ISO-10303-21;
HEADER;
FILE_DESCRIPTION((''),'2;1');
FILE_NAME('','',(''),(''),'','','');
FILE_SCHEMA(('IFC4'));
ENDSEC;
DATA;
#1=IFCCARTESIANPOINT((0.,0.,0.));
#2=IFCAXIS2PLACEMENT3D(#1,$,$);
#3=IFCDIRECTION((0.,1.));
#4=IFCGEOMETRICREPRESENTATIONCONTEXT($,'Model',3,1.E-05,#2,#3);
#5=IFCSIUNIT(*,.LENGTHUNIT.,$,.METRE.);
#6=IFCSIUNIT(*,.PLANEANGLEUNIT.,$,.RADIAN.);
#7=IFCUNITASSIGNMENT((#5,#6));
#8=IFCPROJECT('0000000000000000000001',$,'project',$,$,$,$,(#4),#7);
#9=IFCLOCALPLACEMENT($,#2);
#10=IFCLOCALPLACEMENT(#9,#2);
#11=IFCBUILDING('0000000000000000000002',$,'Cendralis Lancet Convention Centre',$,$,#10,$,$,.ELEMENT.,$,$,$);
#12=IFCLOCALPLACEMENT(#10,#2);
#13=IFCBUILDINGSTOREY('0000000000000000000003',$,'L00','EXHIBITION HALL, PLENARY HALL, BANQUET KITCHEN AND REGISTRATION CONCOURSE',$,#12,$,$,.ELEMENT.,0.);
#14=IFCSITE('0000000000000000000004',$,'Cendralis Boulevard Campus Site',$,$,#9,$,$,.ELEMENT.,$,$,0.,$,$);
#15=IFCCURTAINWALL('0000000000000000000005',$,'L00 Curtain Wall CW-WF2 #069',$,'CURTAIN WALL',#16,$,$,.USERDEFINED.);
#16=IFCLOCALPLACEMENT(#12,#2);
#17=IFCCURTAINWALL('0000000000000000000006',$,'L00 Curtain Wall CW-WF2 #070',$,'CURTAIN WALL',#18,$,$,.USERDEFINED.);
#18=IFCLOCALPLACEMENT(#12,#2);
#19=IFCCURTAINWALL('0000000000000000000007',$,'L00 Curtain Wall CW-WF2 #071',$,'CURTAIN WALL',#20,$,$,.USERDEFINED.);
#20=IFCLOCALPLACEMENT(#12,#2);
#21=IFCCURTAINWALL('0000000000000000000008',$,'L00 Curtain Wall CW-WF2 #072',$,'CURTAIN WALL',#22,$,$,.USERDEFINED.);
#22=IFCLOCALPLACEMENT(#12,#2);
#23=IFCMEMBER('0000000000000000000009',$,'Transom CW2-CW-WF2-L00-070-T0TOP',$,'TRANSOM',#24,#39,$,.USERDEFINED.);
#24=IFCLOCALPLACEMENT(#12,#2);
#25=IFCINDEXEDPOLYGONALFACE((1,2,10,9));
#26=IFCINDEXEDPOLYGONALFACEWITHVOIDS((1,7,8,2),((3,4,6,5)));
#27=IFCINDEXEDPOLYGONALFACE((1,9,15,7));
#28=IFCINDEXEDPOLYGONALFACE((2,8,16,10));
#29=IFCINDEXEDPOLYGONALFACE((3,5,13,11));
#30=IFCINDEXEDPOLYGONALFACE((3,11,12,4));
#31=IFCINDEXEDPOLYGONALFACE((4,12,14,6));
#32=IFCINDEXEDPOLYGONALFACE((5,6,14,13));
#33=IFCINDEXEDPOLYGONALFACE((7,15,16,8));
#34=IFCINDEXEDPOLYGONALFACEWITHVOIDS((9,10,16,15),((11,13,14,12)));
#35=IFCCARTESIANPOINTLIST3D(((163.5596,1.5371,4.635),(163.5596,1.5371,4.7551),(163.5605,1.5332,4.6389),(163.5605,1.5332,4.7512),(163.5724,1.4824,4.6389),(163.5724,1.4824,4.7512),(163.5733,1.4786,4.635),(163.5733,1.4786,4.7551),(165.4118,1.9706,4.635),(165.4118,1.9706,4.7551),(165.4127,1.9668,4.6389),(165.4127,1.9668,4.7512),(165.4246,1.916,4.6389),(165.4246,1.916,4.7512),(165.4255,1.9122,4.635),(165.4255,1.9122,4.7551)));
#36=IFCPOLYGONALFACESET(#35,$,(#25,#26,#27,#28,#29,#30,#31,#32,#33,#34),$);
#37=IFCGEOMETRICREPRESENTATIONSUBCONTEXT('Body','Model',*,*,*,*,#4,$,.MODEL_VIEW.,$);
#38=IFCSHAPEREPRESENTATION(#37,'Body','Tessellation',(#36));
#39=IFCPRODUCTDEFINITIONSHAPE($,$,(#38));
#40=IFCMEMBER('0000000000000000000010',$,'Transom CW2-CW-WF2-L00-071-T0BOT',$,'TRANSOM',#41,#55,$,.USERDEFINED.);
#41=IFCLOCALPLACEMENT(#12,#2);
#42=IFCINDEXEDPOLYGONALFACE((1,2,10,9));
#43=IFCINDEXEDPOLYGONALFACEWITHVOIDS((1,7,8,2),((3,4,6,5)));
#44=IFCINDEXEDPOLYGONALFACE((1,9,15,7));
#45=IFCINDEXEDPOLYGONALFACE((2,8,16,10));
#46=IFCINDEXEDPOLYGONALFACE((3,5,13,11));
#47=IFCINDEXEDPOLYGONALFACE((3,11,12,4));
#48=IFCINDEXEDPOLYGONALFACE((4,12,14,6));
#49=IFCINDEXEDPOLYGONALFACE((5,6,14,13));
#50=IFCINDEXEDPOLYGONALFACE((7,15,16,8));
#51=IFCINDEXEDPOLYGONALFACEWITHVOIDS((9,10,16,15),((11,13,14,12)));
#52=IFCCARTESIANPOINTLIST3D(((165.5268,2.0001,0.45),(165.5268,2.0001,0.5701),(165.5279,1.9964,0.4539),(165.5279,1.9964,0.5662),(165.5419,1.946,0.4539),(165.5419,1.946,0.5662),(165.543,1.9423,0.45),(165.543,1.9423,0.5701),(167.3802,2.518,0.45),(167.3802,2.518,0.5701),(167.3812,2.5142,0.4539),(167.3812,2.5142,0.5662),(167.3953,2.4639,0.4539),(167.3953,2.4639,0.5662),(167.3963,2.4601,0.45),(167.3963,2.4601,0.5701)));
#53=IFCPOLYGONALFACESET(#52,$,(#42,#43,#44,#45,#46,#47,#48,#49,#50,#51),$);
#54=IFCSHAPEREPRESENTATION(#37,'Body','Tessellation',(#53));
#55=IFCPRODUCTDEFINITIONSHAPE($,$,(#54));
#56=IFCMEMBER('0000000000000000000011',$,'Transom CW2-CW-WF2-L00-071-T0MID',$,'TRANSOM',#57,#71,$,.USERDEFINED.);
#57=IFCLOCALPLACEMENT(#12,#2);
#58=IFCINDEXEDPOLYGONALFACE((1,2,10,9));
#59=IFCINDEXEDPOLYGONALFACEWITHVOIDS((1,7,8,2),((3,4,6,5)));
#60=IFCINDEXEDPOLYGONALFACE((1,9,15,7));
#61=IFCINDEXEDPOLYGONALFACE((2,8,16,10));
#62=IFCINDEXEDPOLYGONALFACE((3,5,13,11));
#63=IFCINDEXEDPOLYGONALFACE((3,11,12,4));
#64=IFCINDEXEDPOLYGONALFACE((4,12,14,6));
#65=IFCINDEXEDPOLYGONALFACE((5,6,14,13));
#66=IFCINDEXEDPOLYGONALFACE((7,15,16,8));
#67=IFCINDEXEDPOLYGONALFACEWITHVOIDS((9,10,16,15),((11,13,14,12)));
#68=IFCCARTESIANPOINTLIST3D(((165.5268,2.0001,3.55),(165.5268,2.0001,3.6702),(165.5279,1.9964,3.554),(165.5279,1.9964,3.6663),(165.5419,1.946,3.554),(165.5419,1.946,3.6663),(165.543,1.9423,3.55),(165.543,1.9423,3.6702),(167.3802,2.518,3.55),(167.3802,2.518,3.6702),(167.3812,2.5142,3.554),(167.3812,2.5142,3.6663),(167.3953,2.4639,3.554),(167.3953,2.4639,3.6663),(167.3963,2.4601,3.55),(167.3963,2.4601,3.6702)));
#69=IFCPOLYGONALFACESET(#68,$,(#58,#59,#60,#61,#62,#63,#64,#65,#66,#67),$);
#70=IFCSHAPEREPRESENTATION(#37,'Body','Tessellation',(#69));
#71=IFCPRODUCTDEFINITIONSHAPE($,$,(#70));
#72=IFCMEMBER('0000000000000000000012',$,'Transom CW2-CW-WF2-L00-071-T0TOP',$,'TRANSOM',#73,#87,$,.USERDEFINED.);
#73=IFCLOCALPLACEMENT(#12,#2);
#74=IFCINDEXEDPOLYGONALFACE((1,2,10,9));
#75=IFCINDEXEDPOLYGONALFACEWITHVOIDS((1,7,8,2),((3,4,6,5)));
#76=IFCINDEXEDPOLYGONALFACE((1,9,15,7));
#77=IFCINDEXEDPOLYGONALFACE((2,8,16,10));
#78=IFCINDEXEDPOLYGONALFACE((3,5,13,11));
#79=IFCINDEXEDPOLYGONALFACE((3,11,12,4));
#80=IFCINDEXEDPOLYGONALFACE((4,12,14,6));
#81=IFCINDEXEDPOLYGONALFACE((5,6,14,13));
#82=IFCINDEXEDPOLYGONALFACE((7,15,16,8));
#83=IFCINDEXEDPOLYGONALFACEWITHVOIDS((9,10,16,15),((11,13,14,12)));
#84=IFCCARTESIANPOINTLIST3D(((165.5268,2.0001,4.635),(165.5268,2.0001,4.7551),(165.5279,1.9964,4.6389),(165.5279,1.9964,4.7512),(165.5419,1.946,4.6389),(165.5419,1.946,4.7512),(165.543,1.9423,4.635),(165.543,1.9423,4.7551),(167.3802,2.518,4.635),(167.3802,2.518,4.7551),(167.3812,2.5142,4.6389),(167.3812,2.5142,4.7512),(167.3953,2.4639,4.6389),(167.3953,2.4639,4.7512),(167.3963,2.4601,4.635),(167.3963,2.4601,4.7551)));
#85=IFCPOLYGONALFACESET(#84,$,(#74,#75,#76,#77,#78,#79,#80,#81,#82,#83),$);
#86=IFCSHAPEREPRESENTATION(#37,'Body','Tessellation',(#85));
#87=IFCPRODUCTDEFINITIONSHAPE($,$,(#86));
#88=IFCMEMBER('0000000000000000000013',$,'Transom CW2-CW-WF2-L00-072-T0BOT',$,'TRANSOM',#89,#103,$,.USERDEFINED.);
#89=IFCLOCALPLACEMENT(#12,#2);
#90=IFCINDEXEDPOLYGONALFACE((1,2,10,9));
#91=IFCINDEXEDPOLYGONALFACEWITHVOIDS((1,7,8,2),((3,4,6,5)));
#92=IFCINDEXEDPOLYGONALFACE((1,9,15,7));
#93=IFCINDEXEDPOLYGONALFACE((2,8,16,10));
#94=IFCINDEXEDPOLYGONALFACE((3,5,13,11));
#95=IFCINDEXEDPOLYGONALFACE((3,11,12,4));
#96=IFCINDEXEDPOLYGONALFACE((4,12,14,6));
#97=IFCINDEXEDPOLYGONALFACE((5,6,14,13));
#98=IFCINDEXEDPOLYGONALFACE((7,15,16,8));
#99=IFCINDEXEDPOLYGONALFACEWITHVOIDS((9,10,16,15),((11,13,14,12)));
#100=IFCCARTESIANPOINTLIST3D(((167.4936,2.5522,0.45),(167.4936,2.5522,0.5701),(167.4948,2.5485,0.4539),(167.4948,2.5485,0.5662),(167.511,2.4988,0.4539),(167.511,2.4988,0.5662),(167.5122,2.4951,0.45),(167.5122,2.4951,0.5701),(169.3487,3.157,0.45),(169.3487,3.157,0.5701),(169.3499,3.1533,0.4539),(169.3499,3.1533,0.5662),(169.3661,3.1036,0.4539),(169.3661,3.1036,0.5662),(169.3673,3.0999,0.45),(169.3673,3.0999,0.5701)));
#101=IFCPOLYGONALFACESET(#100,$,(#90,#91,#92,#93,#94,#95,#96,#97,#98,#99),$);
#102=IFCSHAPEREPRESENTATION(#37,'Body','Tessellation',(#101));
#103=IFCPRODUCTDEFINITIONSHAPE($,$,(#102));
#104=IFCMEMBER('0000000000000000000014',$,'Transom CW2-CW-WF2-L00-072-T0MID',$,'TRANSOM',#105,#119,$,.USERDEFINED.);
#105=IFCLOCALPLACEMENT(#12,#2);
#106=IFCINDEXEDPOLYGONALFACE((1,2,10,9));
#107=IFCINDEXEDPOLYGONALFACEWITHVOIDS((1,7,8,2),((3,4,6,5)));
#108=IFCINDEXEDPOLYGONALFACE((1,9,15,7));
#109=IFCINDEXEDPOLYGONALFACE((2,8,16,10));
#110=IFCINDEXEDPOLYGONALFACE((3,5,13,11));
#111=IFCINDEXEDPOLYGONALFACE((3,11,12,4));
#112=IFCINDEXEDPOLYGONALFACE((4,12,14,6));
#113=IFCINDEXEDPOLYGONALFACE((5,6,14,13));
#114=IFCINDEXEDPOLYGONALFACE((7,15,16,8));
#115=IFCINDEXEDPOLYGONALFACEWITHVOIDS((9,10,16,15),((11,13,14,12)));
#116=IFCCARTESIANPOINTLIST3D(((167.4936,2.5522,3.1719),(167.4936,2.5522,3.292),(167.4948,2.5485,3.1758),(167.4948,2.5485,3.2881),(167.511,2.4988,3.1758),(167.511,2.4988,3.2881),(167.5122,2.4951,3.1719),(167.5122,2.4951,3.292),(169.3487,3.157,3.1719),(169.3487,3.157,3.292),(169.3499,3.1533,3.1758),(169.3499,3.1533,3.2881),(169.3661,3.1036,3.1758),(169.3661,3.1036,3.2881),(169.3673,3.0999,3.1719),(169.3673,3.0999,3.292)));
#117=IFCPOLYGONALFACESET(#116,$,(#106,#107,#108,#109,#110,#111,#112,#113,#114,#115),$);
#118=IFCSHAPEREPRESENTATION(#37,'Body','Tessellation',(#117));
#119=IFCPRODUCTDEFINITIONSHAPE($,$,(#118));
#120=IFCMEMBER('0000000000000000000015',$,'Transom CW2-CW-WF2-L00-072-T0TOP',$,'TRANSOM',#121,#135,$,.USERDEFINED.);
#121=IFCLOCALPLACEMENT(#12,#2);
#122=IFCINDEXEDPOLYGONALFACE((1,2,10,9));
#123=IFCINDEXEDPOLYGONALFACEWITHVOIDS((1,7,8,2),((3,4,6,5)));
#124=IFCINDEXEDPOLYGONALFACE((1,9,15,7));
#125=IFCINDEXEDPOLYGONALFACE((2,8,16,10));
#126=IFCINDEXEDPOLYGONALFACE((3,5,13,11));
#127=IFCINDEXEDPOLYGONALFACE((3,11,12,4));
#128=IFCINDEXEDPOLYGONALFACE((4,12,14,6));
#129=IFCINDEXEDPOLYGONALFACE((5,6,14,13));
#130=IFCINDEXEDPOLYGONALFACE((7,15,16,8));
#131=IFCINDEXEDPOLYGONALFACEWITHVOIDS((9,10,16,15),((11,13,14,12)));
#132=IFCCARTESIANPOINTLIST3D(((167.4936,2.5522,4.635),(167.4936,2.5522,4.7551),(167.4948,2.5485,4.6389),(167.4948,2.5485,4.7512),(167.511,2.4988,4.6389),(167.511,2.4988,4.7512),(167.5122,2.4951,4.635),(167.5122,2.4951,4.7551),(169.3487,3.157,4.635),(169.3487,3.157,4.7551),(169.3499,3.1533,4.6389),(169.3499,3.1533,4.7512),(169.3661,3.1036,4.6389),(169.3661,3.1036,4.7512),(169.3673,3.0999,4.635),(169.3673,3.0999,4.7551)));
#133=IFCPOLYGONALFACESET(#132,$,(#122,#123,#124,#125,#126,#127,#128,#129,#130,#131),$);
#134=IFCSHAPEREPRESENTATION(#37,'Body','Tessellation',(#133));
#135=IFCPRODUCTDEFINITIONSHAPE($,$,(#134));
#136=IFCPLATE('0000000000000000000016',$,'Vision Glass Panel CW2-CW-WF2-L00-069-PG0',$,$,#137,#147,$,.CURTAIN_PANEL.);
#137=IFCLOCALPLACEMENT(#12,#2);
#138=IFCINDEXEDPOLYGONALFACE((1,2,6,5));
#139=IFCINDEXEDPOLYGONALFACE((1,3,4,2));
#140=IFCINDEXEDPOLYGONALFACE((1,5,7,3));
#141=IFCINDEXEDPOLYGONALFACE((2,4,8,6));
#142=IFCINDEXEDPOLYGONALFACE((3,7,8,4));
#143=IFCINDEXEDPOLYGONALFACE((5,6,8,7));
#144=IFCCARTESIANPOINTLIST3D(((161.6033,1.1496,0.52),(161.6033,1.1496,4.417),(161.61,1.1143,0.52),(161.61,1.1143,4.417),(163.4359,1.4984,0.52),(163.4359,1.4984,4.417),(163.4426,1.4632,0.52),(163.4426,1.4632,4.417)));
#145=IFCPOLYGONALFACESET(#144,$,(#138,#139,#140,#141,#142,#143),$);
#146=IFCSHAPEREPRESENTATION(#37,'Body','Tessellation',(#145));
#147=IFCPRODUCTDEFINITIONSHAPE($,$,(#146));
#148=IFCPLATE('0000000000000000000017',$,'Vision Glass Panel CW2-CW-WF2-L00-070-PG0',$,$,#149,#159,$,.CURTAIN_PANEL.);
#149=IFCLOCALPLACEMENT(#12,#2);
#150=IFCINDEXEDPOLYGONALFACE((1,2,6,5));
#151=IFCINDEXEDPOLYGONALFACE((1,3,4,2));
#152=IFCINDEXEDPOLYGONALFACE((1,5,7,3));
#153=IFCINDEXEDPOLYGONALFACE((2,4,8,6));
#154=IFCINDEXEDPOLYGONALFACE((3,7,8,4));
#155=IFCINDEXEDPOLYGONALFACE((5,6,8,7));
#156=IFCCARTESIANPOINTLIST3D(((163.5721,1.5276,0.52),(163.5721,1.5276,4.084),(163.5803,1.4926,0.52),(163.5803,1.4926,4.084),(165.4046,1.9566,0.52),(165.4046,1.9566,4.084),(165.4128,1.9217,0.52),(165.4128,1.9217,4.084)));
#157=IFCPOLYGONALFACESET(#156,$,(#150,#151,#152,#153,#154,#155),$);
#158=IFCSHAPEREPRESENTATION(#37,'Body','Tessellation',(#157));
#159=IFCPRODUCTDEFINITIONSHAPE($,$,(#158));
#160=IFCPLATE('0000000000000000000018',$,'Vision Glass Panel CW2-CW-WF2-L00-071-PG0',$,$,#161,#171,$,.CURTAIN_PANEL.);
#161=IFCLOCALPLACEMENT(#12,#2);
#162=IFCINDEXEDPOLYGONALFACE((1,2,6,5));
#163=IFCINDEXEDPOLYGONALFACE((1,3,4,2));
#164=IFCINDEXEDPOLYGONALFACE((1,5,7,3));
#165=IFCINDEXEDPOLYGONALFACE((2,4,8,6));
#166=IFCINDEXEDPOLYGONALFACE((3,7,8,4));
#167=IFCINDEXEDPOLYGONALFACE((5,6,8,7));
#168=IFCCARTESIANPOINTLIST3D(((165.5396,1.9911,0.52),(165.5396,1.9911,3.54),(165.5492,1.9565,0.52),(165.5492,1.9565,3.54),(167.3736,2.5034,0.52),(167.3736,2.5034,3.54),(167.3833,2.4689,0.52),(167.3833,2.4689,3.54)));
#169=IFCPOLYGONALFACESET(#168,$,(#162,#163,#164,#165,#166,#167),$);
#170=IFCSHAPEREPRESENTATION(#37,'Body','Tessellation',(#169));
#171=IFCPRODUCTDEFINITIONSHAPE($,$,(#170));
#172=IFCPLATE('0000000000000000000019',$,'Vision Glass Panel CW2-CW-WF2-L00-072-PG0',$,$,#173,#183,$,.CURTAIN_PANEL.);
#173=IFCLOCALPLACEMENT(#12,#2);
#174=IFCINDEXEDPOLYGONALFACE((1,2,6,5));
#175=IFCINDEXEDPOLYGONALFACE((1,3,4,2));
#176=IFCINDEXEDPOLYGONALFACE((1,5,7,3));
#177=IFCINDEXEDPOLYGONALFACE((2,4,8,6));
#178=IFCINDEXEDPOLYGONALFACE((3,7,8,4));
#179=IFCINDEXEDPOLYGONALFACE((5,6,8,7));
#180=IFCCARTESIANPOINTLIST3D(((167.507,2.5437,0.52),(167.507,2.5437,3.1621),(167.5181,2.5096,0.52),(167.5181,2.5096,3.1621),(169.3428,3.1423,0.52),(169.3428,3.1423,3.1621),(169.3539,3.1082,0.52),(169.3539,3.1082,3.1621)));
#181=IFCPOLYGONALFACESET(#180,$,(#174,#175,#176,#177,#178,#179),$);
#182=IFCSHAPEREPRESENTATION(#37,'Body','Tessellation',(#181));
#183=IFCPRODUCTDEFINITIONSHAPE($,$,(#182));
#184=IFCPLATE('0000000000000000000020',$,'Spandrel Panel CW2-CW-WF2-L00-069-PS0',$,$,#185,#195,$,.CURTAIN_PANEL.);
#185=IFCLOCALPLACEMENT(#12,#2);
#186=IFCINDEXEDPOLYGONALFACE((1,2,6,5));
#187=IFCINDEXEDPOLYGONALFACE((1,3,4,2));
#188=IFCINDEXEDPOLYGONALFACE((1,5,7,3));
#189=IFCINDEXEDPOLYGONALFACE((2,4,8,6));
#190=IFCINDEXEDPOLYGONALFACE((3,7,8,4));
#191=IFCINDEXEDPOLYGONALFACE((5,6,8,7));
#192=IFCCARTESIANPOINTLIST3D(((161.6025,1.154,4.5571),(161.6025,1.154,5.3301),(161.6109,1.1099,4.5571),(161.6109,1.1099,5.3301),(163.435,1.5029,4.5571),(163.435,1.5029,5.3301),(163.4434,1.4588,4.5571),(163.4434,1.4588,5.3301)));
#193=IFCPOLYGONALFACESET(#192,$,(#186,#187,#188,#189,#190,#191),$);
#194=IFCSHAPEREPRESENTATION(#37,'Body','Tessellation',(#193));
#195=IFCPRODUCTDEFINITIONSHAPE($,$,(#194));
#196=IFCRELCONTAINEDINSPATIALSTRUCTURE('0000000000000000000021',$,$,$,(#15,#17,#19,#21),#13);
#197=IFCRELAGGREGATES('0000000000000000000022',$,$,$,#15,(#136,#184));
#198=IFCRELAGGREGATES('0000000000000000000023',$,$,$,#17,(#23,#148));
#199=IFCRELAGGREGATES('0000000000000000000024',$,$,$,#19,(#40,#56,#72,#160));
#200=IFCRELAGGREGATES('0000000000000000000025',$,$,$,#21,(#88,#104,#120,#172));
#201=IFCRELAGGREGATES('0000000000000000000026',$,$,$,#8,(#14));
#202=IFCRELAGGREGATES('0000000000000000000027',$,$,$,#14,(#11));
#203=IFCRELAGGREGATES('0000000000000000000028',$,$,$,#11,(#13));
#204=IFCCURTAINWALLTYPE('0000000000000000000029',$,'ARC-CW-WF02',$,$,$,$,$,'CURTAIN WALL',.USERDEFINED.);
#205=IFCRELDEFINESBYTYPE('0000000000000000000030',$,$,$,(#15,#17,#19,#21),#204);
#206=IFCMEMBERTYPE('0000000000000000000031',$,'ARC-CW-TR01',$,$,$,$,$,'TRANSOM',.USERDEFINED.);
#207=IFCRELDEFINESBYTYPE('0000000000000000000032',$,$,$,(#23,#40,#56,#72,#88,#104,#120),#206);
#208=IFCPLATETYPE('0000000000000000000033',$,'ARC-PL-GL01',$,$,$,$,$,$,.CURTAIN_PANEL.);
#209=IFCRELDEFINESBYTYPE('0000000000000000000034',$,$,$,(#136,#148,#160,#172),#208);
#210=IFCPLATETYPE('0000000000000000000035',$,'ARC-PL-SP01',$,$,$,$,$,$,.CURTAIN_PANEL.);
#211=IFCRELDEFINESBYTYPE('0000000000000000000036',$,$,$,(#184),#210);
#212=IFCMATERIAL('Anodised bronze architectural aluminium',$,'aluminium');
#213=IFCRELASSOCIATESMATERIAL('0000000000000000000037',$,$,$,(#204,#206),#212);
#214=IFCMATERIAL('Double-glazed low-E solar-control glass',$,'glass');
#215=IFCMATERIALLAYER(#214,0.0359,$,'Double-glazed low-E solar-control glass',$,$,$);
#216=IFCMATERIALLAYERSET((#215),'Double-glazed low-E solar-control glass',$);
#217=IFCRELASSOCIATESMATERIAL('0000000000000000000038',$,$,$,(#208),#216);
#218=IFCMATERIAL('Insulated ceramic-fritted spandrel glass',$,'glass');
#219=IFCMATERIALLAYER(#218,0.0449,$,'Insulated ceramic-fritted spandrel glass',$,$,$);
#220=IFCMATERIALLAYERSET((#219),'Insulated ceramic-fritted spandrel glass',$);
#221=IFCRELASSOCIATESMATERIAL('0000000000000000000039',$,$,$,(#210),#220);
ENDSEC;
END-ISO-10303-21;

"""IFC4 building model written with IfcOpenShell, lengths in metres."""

from ifc_helpers import new_model, si_unit, direction, frame, origin, origin_2d, place, context, subcontext, project, spatial, rectangle, hollow_rectangle, extrude, material, layer, layer_set, material_profile, profile_set, type_object, element, aggregate, save


model = new_model("IFC4")

# Units and contexts
model_context = context("Model", 3, precision=1e-05, world=origin(), true_north=direction((0.0, 1.0)))
body_context = subcontext(model_context, "Body", "Model", "MODEL_VIEW")
ifc_project = project(units=[si_unit("LENGTHUNIT", "METRE"), si_unit("PLANEANGLEUNIT", "RADIAN")], contexts=[model_context])

# Site, building, storey
site_placement = place(None, origin())
site = spatial("IfcSite", under=ifc_project, at=site_placement, Name="Cendralis Boulevard Campus Site", CompositionType="ELEMENT", RefElevation=0.0)
building_placement = place(site_placement, origin())
building = spatial("IfcBuilding", under=site, at=building_placement, Name="Cendralis Lancet Convention Centre", CompositionType="ELEMENT")
storey_placement = place(building_placement, origin())
storey = spatial("IfcBuildingStorey", under=building, at=storey_placement, Name="L00", Description="EXHIBITION HALL, PLENARY HALL, BANQUET KITCHEN AND REGISTRATION CONCOURSE", CompositionType="ELEMENT", Elevation=0.0)

# Curtain wall
ifc_material_1 = material(Name="Anodised bronze architectural aluminium", Category="aluminium")
curtain_wall_type = type_object("IfcCurtainWallType", Name="ARC-CW-WF02", ElementType="CURTAIN WALL", PredefinedType="USERDEFINED", material=ifc_material_1)
curtain_wall_1_placement = place(storey_placement, origin())
curtain_wall_1 = element("IfcCurtainWall", 1, at=curtain_wall_1_placement, inside=storey, type_object=curtain_wall_type, Name="L00 Curtain Wall CW-WF2 #069", ObjectType="CURTAIN WALL", PredefinedType="USERDEFINED")

# Curtain walls
curtain_wall_2_placement = place(storey_placement, origin())
curtain_wall_2 = element("IfcCurtainWall", 2, at=curtain_wall_2_placement, inside=storey, type_object=curtain_wall_type, Name="L00 Curtain Wall CW-WF2 #070", ObjectType="CURTAIN WALL", PredefinedType="USERDEFINED")
curtain_wall_3_placement = place(storey_placement, origin())
curtain_wall_3 = element("IfcCurtainWall", 3, at=curtain_wall_3_placement, inside=storey, type_object=curtain_wall_type, Name="L00 Curtain Wall CW-WF2 #071", ObjectType="CURTAIN WALL", PredefinedType="USERDEFINED")

# Curtain wall
curtain_wall_4_placement = place(storey_placement, origin())
curtain_wall_4 = element("IfcCurtainWall", 4, at=curtain_wall_4_placement, inside=storey, type_object=curtain_wall_type, Name="L00 Curtain Wall CW-WF2 #072", ObjectType="CURTAIN WALL", PredefinedType="USERDEFINED")

# Members
ifc_material_profile_1 = material_profile(ifc_material_1, hollow_rectangle(XDim=0.0601, YDim=0.1201, WallThickness=0.0039, at=origin_2d()), Name="AL-TRAN 60x120x4.0")
ifc_profile_set_1 = profile_set([ifc_material_profile_1], Name="Anodised bronze architectural aluminium")
member_type_1 = type_object("IfcMemberType", Name="ARC-CW-TR01", ElementType="TRANSOM", PredefinedType="USERDEFINED", material=ifc_profile_set_1)
member_1_placement = place(storey_placement, frame((163.5664, 1.5078, 4.6951), z_axis=(0.973679, 0.227923, 0.0), x_axis=(-0.227923, 0.973679, 0.0)))
member_1 = element("IfcMember", 5, at=member_1_placement, type_object=member_type_1, Name="Transom CW2-CW-WF2-L00-070-T0TOP", ObjectType="TRANSOM", PredefinedType="USERDEFINED", context=body_context, shape_type="SweptSolid", body=[
    extrude(hollow_rectangle(XDim=0.0601, YDim=0.1201, WallThickness=0.0039, at=origin_2d()), origin(), (0.0, 0.0, 1.0), 1.9023),
])
member_2_placement = place(storey_placement, frame((165.5349, 1.9712, 0.51), z_axis=(0.963111, 0.269103, 0.0), x_axis=(-0.269103, 0.963111, 0.0)))
member_2 = element("IfcMember", 6, at=member_2_placement, type_object=member_type_1, Name="Transom CW2-CW-WF2-L00-071-T0BOT", ObjectType="TRANSOM", PredefinedType="USERDEFINED", context=body_context, shape_type="SweptSolid", body=[
    extrude(hollow_rectangle(XDim=0.0601, YDim=0.1201, WallThickness=0.0039, at=origin_2d()), origin(), (0.0, 0.0, 1.0), 1.9243),
])
member_3_placement = place(storey_placement, frame((165.5349, 1.9712, 3.6101), z_axis=(0.963111, 0.269103, 0.0), x_axis=(-0.269103, 0.963111, 0.0)))
member_3 = element("IfcMember", 7, at=member_3_placement, type_object=member_type_1, Name="Transom CW2-CW-WF2-L00-071-T0MID", ObjectType="TRANSOM", PredefinedType="USERDEFINED", context=body_context, shape_type="SweptSolid", body=[
    extrude(hollow_rectangle(XDim=0.0601, YDim=0.1201, WallThickness=0.0039, at=origin_2d()), origin(), (0.0, 0.0, 1.0), 1.9243),
])
member_4_placement = place(storey_placement, frame((165.5349, 1.9712, 4.6951), z_axis=(0.963111, 0.269103, 0.0), x_axis=(-0.269103, 0.963111, 0.0)))
member_4 = element("IfcMember", 8, at=member_4_placement, type_object=member_type_1, Name="Transom CW2-CW-WF2-L00-071-T0TOP", ObjectType="TRANSOM", PredefinedType="USERDEFINED", context=body_context, shape_type="SweptSolid", body=[
    extrude(hollow_rectangle(XDim=0.0601, YDim=0.1201, WallThickness=0.0039, at=origin_2d()), origin(), (0.0, 0.0, 1.0), 1.9243),
])
member_5_placement = place(storey_placement, frame((167.5029, 2.5237, 0.51), z_axis=(0.950752, 0.309952, 0.0), x_axis=(-0.309952, 0.950752, 0.0)))
member_5 = element("IfcMember", 9, at=member_5_placement, type_object=member_type_1, Name="Transom CW2-CW-WF2-L00-072-T0BOT", ObjectType="TRANSOM", PredefinedType="USERDEFINED", context=body_context, shape_type="SweptSolid", body=[
    extrude(hollow_rectangle(XDim=0.0601, YDim=0.1201, WallThickness=0.0039, at=origin_2d()), origin(), (0.0, 0.0, 1.0), 1.9512),
])
member_6_placement = place(storey_placement, frame((167.5029, 2.5237, 3.2319), z_axis=(0.950752, 0.309952, 0.0), x_axis=(-0.309952, 0.950752, 0.0)))
member_6 = element("IfcMember", 10, at=member_6_placement, type_object=member_type_1, Name="Transom CW2-CW-WF2-L00-072-T0MID", ObjectType="TRANSOM", PredefinedType="USERDEFINED", context=body_context, shape_type="SweptSolid", body=[
    extrude(hollow_rectangle(XDim=0.0601, YDim=0.1201, WallThickness=0.0039, at=origin_2d()), origin(), (0.0, 0.0, 1.0), 1.9512),
])
member_7_placement = place(storey_placement, frame((167.5029, 2.5237, 4.6951), z_axis=(0.950752, 0.309952, 0.0), x_axis=(-0.309952, 0.950752, 0.0)))
member_7 = element("IfcMember", 11, at=member_7_placement, type_object=member_type_1, Name="Transom CW2-CW-WF2-L00-072-T0TOP", ObjectType="TRANSOM", PredefinedType="USERDEFINED", context=body_context, shape_type="SweptSolid", body=[
    extrude(hollow_rectangle(XDim=0.0601, YDim=0.1201, WallThickness=0.0039, at=origin_2d()), origin(), (0.0, 0.0, 1.0), 1.9512),
])

# Plates
ifc_material_2 = material(Name="Double-glazed low-E solar-control glass", Category="glass")
ifc_layer_1 = layer(ifc_material_2, 0.0359, Name="Double-glazed low-E solar-control glass")
ifc_layer_set_1 = layer_set([ifc_layer_1], Name="Double-glazed low-E solar-control glass")
plate_type_1 = type_object("IfcPlateType", Name="ARC-PL-GL01", PredefinedType="CURTAIN_PANEL", material=ifc_layer_set_1)
plate_1_placement = place(storey_placement, frame((162.5229, 1.3064, 0.52), z_axis=(0.0, 0.0, 1.0), x_axis=(0.98236, 0.186998, 0.0)))
plate_1 = element("IfcPlate", 12, at=plate_1_placement, type_object=plate_type_1, Name="Vision Glass Panel CW2-CW-WF2-L00-069-PG0", PredefinedType="CURTAIN_PANEL", context=body_context, shape_type="SweptSolid", body=[
    extrude(rectangle(XDim=1.8655, YDim=0.0359, at=origin_2d()), origin(), (0.0, 0.0, 1.0), 3.897),
])
plate_2_placement = place(storey_placement, frame((164.4924, 1.7246, 0.52), z_axis=(0.0, 0.0, 1.0), x_axis=(0.973669, 0.227964, 0.0)))
plate_2 = element("IfcPlate", 13, at=plate_2_placement, type_object=plate_type_1, Name="Vision Glass Panel CW2-CW-WF2-L00-070-PG0", PredefinedType="CURTAIN_PANEL", context=body_context, shape_type="SweptSolid", body=[
    extrude(rectangle(XDim=1.8821, YDim=0.0359, at=origin_2d()), origin(), (0.0, 0.0, 1.0), 3.564),
])
plate_3_placement = place(storey_placement, frame((166.4614, 2.23, 0.52), z_axis=(0.0, 0.0, 1.0), x_axis=(0.963131, 0.269031, 0.0)))
plate_3 = element("IfcPlate", 14, at=plate_3_placement, type_object=plate_type_1, Name="Vision Glass Panel CW2-CW-WF2-L00-071-PG0", PredefinedType="CURTAIN_PANEL", context=body_context, shape_type="SweptSolid", body=[
    extrude(rectangle(XDim=1.9043, YDim=0.0359, at=origin_2d()), origin(), (0.0, 0.0, 1.0), 3.02),
])
plate_4_placement = place(storey_placement, frame((168.4304, 2.8259, 0.52), z_axis=(0.0, 0.0, 1.0), x_axis=(0.950739, 0.309992, 0.0)))
plate_4 = element("IfcPlate", 15, at=plate_4_placement, type_object=plate_type_1, Name="Vision Glass Panel CW2-CW-WF2-L00-072-PG0", PredefinedType="CURTAIN_PANEL", context=body_context, shape_type="SweptSolid", body=[
    extrude(rectangle(XDim=1.9309, YDim=0.0359, at=origin_2d()), origin(), (0.0, 0.0, 1.0), 2.6421),
])
ifc_material_3 = material(Name="Insulated ceramic-fritted spandrel glass", Category="glass")
ifc_layer_2 = layer(ifc_material_3, 0.0449, Name="Insulated ceramic-fritted spandrel glass")
ifc_layer_set_2 = layer_set([ifc_layer_2], Name="Insulated ceramic-fritted spandrel glass")
plate_type_2 = type_object("IfcPlateType", Name="ARC-PL-SP01", PredefinedType="CURTAIN_PANEL", material=ifc_layer_set_2)
plate_5_placement = place(storey_placement, frame((162.5229, 1.3064, 4.5571), z_axis=(0.0, 0.0, 1.0), x_axis=(0.98236, 0.186998, 0.0)))
plate_5 = element("IfcPlate", 16, at=plate_5_placement, type_object=plate_type_2, Name="Spandrel Panel CW2-CW-WF2-L00-069-PS0", PredefinedType="CURTAIN_PANEL", context=body_context, shape_type="SweptSolid", body=[
    extrude(rectangle(XDim=1.8655, YDim=0.0449, at=origin_2d()), origin(), (0.0, 0.0, 1.0), 0.7729),
])
aggregate(curtain_wall_1, [plate_1, plate_5])
aggregate(curtain_wall_2, [member_1, plate_2])
aggregate(curtain_wall_3, [member_2, member_3, member_4, plate_3])
aggregate(curtain_wall_4, [member_5, member_6, member_7, plate_4])

save(model, "model.ifc")
